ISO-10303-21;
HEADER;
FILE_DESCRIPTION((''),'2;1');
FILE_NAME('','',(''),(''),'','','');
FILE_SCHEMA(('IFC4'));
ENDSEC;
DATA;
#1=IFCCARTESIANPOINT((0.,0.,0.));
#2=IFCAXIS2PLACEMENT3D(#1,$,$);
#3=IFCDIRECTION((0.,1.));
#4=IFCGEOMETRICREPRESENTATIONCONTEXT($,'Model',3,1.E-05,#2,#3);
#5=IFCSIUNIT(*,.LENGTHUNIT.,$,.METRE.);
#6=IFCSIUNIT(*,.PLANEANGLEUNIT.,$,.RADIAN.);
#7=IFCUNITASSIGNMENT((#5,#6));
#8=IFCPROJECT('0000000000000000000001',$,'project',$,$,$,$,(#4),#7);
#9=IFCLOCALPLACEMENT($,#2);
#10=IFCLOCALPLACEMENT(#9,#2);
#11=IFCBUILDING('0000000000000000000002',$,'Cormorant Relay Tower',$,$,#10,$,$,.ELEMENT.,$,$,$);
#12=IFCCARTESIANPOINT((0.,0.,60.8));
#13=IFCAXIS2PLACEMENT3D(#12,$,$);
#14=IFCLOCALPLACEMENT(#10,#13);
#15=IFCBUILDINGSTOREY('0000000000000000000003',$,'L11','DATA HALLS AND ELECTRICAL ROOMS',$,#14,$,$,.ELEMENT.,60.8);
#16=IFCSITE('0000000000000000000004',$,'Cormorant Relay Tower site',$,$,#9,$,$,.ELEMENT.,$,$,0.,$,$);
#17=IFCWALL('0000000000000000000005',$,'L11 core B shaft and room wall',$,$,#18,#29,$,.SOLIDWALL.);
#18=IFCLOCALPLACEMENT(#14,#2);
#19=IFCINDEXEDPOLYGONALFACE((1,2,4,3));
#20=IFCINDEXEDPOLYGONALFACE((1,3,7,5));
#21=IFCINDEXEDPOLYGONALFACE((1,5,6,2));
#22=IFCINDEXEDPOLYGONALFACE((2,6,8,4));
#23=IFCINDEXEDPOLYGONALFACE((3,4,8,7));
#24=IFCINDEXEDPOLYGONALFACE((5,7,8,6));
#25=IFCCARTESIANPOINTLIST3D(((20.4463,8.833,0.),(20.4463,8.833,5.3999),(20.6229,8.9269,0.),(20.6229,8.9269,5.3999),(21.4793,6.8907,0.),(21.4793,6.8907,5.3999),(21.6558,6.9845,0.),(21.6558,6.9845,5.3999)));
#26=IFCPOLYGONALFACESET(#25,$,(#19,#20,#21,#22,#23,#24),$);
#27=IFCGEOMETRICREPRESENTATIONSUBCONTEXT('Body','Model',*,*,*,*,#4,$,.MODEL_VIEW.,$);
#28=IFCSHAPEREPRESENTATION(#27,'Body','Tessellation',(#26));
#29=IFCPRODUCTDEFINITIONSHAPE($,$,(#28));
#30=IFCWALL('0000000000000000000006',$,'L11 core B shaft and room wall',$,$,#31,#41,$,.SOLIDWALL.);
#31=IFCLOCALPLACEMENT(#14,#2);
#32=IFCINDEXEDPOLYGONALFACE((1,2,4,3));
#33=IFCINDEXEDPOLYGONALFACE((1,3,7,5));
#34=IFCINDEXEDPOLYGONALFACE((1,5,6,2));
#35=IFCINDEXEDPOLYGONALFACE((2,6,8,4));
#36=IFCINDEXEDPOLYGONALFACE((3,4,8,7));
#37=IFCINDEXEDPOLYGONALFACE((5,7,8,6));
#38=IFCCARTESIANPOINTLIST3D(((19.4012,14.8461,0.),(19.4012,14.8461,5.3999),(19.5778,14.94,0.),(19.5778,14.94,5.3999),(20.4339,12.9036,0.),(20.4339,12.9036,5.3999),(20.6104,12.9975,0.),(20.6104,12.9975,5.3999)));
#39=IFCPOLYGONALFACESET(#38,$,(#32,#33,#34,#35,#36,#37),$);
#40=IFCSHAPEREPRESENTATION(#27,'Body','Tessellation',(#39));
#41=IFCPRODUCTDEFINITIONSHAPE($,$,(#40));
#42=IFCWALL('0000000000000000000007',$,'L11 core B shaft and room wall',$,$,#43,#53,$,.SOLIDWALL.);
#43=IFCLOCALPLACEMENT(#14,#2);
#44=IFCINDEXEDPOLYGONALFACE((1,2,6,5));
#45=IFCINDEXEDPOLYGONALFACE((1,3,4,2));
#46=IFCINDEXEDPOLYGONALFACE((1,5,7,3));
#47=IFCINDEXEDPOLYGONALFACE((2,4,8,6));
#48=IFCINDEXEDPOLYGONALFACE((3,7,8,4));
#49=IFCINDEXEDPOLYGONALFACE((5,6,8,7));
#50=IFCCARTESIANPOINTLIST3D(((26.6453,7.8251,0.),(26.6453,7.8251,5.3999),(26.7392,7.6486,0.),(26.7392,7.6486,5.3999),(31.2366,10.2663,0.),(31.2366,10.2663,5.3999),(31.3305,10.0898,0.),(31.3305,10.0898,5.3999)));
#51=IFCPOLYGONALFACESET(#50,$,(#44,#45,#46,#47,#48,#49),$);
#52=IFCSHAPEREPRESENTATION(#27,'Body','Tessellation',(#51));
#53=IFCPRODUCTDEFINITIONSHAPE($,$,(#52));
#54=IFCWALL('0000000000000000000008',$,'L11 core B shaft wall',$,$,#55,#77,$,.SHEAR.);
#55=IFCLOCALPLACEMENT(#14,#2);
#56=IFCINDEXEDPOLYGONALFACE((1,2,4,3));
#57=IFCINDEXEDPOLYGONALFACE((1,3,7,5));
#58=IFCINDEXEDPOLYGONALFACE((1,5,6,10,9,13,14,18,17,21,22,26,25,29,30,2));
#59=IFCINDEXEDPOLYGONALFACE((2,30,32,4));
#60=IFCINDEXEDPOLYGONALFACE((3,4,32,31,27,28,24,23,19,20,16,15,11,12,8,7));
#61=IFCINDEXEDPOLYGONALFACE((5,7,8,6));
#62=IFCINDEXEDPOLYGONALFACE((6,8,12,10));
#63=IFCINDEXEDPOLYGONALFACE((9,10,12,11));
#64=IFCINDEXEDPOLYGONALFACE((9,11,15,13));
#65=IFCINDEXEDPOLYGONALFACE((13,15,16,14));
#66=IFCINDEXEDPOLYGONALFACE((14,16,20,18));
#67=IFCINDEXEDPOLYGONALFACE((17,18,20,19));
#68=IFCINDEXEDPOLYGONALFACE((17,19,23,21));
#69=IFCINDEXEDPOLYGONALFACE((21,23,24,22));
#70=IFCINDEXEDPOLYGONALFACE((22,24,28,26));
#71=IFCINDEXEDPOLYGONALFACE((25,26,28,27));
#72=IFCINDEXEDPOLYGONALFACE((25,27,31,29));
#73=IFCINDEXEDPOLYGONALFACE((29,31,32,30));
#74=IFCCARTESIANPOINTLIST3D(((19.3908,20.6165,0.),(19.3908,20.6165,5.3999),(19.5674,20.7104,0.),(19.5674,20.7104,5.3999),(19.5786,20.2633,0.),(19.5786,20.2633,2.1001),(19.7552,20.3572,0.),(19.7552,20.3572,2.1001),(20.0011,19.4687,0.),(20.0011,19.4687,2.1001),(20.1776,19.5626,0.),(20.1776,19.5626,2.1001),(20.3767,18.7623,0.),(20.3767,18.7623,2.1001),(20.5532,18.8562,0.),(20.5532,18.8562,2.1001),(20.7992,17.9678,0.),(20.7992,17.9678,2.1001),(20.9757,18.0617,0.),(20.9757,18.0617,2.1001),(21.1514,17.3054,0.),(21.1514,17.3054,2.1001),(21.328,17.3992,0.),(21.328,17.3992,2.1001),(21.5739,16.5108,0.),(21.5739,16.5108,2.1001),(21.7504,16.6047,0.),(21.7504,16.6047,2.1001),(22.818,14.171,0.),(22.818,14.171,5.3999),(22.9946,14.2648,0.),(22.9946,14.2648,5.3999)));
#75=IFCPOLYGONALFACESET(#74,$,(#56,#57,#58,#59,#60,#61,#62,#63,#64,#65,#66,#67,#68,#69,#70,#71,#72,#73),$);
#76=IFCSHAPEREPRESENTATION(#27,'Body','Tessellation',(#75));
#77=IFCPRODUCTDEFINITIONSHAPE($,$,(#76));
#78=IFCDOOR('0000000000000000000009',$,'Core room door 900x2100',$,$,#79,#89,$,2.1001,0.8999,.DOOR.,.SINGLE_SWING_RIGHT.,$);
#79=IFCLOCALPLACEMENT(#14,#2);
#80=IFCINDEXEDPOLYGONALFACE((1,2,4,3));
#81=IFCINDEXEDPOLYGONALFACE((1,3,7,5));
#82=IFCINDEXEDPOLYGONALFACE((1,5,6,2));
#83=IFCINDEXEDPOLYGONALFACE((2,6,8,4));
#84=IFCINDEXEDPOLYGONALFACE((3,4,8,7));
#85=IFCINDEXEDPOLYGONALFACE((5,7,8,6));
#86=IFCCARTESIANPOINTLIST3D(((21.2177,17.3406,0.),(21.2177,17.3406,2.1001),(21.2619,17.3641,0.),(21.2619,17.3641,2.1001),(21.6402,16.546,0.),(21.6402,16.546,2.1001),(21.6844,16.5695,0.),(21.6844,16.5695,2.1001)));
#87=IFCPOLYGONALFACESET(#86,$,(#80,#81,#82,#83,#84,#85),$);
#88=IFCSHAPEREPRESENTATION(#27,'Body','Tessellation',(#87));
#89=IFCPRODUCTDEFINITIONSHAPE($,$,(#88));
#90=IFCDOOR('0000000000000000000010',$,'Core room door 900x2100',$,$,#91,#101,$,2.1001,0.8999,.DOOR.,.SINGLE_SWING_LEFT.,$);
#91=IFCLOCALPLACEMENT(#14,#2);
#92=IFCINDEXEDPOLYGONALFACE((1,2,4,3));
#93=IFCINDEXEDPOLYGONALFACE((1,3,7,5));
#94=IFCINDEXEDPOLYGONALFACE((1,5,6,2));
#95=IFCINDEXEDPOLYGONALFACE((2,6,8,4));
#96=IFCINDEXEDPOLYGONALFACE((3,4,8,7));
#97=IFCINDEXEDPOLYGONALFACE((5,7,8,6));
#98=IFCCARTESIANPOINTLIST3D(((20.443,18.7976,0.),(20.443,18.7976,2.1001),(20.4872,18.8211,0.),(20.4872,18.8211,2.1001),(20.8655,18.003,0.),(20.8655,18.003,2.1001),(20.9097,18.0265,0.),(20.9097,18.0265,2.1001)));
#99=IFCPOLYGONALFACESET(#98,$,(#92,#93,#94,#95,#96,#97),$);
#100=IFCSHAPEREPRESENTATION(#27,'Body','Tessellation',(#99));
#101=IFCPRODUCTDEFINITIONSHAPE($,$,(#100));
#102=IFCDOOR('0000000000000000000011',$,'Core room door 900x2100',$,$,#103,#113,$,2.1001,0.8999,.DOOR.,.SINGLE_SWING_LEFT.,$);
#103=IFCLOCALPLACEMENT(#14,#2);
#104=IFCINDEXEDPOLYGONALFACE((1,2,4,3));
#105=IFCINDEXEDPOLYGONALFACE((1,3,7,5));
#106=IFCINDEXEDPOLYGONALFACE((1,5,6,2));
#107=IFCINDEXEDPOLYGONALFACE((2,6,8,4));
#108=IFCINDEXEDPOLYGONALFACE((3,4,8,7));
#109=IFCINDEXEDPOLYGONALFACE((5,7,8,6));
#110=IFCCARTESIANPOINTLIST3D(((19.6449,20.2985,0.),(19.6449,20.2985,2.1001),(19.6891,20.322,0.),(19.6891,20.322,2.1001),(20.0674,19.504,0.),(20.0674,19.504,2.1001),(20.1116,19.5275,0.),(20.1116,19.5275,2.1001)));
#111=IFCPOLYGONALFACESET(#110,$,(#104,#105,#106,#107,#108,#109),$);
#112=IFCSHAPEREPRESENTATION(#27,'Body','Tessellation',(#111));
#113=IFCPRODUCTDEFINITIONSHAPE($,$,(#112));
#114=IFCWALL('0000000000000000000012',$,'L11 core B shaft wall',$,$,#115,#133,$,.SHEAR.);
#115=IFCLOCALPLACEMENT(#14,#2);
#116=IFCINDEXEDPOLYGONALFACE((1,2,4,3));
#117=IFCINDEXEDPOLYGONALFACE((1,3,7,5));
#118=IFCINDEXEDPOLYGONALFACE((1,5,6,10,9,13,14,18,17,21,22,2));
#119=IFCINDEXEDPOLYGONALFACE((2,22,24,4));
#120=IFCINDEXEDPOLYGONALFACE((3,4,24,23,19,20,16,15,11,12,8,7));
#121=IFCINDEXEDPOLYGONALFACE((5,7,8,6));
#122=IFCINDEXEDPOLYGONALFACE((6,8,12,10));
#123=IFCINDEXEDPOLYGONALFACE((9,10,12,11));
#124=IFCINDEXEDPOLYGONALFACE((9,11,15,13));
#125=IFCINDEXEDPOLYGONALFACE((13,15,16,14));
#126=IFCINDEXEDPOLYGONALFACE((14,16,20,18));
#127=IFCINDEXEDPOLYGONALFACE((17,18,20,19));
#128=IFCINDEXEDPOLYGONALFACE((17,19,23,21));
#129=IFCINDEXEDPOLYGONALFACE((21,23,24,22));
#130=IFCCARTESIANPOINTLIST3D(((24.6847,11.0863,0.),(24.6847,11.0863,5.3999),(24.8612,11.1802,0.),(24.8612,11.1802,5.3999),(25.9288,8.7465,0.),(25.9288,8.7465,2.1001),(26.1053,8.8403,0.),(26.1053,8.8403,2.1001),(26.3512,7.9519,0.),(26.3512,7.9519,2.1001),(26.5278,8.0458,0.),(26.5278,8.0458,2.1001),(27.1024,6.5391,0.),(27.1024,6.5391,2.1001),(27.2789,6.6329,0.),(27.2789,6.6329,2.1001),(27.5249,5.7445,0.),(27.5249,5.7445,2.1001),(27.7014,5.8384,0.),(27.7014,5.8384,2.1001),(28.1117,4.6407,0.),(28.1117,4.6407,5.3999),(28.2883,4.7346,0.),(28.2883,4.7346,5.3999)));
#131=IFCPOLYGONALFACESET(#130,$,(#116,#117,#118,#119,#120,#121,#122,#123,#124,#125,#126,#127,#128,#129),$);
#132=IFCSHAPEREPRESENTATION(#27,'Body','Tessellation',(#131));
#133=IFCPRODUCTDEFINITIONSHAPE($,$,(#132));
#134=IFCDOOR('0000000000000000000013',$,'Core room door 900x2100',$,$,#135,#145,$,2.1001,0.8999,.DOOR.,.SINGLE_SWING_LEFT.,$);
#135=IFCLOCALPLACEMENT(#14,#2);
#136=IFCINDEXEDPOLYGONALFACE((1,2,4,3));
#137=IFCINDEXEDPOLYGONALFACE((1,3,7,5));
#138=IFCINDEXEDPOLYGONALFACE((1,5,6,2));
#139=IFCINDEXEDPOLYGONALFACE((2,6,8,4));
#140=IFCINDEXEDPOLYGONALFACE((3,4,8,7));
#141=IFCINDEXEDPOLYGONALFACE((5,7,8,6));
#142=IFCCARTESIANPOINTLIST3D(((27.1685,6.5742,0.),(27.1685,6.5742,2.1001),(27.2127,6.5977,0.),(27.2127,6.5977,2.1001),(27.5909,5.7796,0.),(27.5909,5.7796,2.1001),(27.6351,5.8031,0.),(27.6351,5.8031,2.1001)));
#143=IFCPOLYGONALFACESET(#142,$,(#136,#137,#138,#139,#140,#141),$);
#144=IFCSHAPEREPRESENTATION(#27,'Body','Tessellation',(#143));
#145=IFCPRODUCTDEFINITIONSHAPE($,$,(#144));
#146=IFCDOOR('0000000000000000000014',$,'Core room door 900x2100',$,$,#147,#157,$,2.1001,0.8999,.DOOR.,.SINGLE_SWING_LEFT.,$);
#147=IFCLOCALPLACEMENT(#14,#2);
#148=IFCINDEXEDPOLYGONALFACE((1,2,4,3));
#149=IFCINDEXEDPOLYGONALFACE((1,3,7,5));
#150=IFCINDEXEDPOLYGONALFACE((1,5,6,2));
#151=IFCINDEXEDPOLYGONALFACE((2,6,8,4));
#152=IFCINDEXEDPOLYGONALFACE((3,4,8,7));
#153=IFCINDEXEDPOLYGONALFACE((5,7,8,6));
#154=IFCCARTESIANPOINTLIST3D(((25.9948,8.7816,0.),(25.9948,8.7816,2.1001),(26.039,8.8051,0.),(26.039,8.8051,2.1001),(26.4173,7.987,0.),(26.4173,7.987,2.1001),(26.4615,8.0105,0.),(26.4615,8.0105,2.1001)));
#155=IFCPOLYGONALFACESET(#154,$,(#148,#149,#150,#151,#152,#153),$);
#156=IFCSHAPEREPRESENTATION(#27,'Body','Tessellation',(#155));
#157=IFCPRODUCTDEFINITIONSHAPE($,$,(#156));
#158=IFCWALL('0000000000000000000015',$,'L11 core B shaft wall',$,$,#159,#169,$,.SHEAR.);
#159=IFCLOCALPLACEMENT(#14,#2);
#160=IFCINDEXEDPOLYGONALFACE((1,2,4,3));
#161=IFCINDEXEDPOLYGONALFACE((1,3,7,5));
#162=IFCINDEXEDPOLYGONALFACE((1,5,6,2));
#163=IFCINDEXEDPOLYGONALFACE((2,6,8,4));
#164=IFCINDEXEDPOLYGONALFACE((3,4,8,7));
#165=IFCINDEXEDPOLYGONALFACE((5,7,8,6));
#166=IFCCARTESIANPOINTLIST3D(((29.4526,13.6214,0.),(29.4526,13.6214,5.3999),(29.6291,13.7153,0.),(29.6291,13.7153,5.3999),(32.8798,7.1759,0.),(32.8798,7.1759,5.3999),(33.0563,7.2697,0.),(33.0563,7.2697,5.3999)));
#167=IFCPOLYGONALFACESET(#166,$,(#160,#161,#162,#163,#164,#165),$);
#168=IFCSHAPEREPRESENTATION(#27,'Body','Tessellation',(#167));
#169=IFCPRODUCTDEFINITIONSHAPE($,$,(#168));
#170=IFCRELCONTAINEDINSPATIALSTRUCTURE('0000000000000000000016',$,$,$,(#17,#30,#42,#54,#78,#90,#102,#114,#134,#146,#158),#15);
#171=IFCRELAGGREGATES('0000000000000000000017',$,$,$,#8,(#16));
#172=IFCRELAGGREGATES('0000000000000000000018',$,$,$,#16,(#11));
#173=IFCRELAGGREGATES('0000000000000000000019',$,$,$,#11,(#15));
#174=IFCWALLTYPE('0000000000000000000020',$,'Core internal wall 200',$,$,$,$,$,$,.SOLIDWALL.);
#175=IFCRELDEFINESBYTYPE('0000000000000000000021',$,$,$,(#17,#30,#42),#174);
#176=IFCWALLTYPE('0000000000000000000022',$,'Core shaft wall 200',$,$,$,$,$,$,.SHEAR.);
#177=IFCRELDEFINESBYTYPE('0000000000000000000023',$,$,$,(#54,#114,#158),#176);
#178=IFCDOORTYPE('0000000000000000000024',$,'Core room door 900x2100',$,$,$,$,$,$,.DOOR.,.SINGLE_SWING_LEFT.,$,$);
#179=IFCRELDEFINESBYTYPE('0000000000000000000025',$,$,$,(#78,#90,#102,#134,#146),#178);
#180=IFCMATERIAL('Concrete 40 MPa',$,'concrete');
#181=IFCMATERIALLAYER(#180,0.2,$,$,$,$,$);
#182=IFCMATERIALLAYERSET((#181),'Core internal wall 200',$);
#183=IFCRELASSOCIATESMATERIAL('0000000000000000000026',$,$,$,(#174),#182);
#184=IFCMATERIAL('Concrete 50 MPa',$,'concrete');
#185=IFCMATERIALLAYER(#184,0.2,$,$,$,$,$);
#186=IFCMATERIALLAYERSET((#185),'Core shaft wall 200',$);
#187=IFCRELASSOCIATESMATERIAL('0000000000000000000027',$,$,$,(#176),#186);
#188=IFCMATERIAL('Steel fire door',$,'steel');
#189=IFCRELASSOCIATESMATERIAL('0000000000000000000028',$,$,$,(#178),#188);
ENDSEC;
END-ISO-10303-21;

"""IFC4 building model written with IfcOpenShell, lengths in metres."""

from ifc_helpers import new_model, si_unit, direction, frame, frame_2d, origin, place, context, subcontext, project, spatial, rectangle, extrude, material, layer, layer_set, type_object, element, fill, save


model = new_model("IFC4")

# Units and contexts
model_context = context("Model", 3, precision=1e-05, world=origin(), true_north=direction((0.0, 1.0)))
body_context = subcontext(model_context, "Body", "Model", "MODEL_VIEW")
ifc_project = project(units=[si_unit("LENGTHUNIT", "METRE"), si_unit("PLANEANGLEUNIT", "RADIAN")], contexts=[model_context])

# Site, building, storey
site_placement = place(None, origin())
site = spatial("IfcSite", under=ifc_project, at=site_placement, Name="Cormorant Relay Tower site", CompositionType="ELEMENT", RefElevation=0.0)
building_placement = place(site_placement, origin())
building = spatial("IfcBuilding", under=site, at=building_placement, Name="Cormorant Relay Tower", CompositionType="ELEMENT")
storey_placement = place(building_placement, frame((0.0, 0.0, 60.8)))
storey = spatial("IfcBuildingStorey", under=building, at=storey_placement, Name="L11", Description="DATA HALLS AND ELECTRICAL ROOMS", CompositionType="ELEMENT", Elevation=60.8)

# Walls
ifc_material_1 = material(Name="Concrete 40 MPa", Category="concrete")
ifc_layer_1 = layer(ifc_material_1, 0.2)
ifc_layer_set_1 = layer_set([ifc_layer_1], Name="Core internal wall 200")
wall_type_1 = type_object("IfcWallType", Name="Core internal wall 200", PredefinedType="SOLIDWALL", material=ifc_layer_set_1)
for number, where, z_axis, x_axis, name in (
    (1, (21.5676, 6.9375, 0.0), (0.0, 0.0, 1.0), (-0.469534, 0.882914, 0.0), "L11 core B shaft and room wall"),
    (2, (20.5222, 12.9504, 0.0), (0.0, 0.0, 1.0), (-0.469401, 0.882985, 0.0), "L11 core B shaft and room wall"),
):
    element("IfcWall", number, at=place(storey_placement, frame(where, z_axis=z_axis, x_axis=x_axis)), inside=storey, type_object=wall_type_1, Name=name, PredefinedType="SOLIDWALL", context=body_context, shape_type="SweptSolid", body=[
        extrude(rectangle(XDim=2.2, YDim=0.2, at=frame_2d((1.1001, 0.0))), origin(), (0.0, 0.0, 1.0), 5.3999),
    ])
wall_1_placement = place(storey_placement, frame((26.6921, 7.7368, 0.0), z_axis=(0.0, 0.0, 1.0), x_axis=(0.882954, 0.46946, 0.0)))
element("IfcWall", 3, at=wall_1_placement, inside=storey, type_object=wall_type_1, Name="L11 core B shaft and room wall", PredefinedType="SOLIDWALL", context=body_context, shape_type="SweptSolid", body=[
    extrude(rectangle(XDim=5.2, YDim=0.2, at=frame_2d((2.6001, 0.0))), origin(), (0.0, 0.0, 1.0), 5.3999),
])

# Walls, openings, doors
ifc_material_2 = material(Name="Concrete 50 MPa", Category="concrete")
ifc_layer_2 = layer(ifc_material_2, 0.2)
ifc_layer_set_2 = layer_set([ifc_layer_2], Name="Core shaft wall 200")
wall_type_2 = type_object("IfcWallType", Name="Core shaft wall 200", PredefinedType="SHEAR", material=ifc_layer_set_2)
wall_2_placement = place(storey_placement, frame((22.9062, 14.218, 0.0), z_axis=(0.0, 0.0, 1.0), x_axis=(-0.46948, 0.882943, 0.0)))
wall_2 = element("IfcWall", 4, at=wall_2_placement, inside=storey, type_object=wall_type_2, Name="L11 core B shaft wall", PredefinedType="SHEAR", context=body_context, shape_type="SweptSolid", body=[
    extrude(rectangle(XDim=7.3, YDim=0.2, at=frame_2d((3.6499, 0.0))), origin(), (0.0, 0.0, 1.0), 5.3999),
])
opening_1_placement = place(wall_2_placement, frame((2.6499, 0.0, 0.0)))
opening_1 = element("IfcOpeningElement", 5, at=opening_1_placement, cuts=wall_2, PredefinedType="OPENING", context=body_context, shape_type="SweptSolid", body=[
    extrude(rectangle(XDim=0.8999, YDim=2.1001, at=frame_2d((0.45, 1.05))), frame((0.0, 0.1099, 0.0), z_axis=(0.0, -1.0, 0.0), x_axis=(1.0, 0.0, 0.0)), (0.0, 0.0, 1.0), 0.22),
])
opening_2_placement = place(wall_2_placement, frame((4.3, 0.0, 0.0)))
opening_2 = element("IfcOpeningElement", 6, at=opening_2_placement, cuts=wall_2, PredefinedType="OPENING", context=body_context, shape_type="SweptSolid", body=[
    extrude(rectangle(XDim=0.8999, YDim=2.1001, at=frame_2d((0.45, 1.05))), frame((0.0, 0.1099, 0.0), z_axis=(0.0, -1.0, 0.0), x_axis=(1.0, 0.0, 0.0)), (0.0, 0.0, 1.0), 0.22),
])
opening_3_placement = place(wall_2_placement, frame((6.0, 0.0, 0.0)))
opening_3 = element("IfcOpeningElement", 7, at=opening_3_placement, cuts=wall_2, PredefinedType="OPENING", context=body_context, shape_type="SweptSolid", body=[
    extrude(rectangle(XDim=0.8999, YDim=2.1001, at=frame_2d((0.45, 1.05))), frame((0.0, 0.1099, 0.0), z_axis=(0.0, -1.0, 0.0), x_axis=(1.0, 0.0, 0.0)), (0.0, 0.0, 1.0), 0.22),
])
ifc_material_3 = material(Name="Steel fire door", Category="steel")
door_type_1 = type_object("IfcDoorType", Name="Core room door 900x2100", OperationType="SINGLE_SWING_LEFT", PredefinedType="DOOR", material=ifc_material_3)
door_1_placement = place(opening_1_placement, origin())
door_1 = element("IfcDoor", 8, at=door_1_placement, inside=storey, type_object=door_type_1, Name="Core room door 900x2100", OperationType="SINGLE_SWING_RIGHT", OverallHeight=2.1001, OverallWidth=0.8999, PredefinedType="DOOR", context=body_context, shape_type="SweptSolid", body=[
    extrude(rectangle(XDim=0.8999, YDim=2.1001, at=frame_2d((0.45, 1.05))), frame((0.0, 0.0249, 0.0), z_axis=(0.0, -1.0, 0.0), x_axis=(1.0, 0.0, 0.0)), (0.0, 0.0, 1.0), 0.05),
])
fill(opening_1, door_1)
door_2_placement = place(opening_2_placement, origin())
door_2 = element("IfcDoor", 9, at=door_2_placement, inside=storey, type_object=door_type_1, Name="Core room door 900x2100", OperationType="SINGLE_SWING_LEFT", OverallHeight=2.1001, OverallWidth=0.8999, PredefinedType="DOOR", context=body_context, shape_type="SweptSolid", body=[
    extrude(rectangle(XDim=0.8999, YDim=2.1001, at=frame_2d((0.45, 1.05))), frame((0.0, 0.0249, 0.0), z_axis=(0.0, -1.0, 0.0), x_axis=(1.0, 0.0, 0.0)), (0.0, 0.0, 1.0), 0.05),
])
fill(opening_2, door_2)
door_3_placement = place(opening_3_placement, origin())
door_3 = element("IfcDoor", 10, at=door_3_placement, inside=storey, type_object=door_type_1, Name="Core room door 900x2100", OperationType="SINGLE_SWING_LEFT", OverallHeight=2.1001, OverallWidth=0.8999, PredefinedType="DOOR", context=body_context, shape_type="SweptSolid", body=[
    extrude(rectangle(XDim=0.8999, YDim=2.1001, at=frame_2d((0.45, 1.05))), frame((0.0, 0.0249, 0.0), z_axis=(0.0, -1.0, 0.0), x_axis=(1.0, 0.0, 0.0)), (0.0, 0.0, 1.0), 0.05),
])
fill(opening_3, door_3)
wall_3_placement = place(storey_placement, frame((28.2, 4.6877, 0.0), z_axis=(0.0, 0.0, 1.0), x_axis=(-0.469454, 0.882957, 0.0)))
wall_3 = element("IfcWall", 11, at=wall_3_placement, inside=storey, type_object=wall_type_2, Name="L11 core B shaft wall", PredefinedType="SHEAR", context=body_context, shape_type="SweptSolid", body=[
    extrude(rectangle(XDim=7.3, YDim=0.2, at=frame_2d((3.6499, 0.0))), origin(), (0.0, 0.0, 1.0), 5.3999),
])
opening_4_placement = place(wall_3_placement, frame((1.25, 0.0, 0.0)))
opening_4 = element("IfcOpeningElement", 12, at=opening_4_placement, cuts=wall_3, PredefinedType="OPENING", context=body_context, shape_type="SweptSolid", body=[
    extrude(rectangle(XDim=0.8999, YDim=2.1001, at=frame_2d((0.45, 1.05))), frame((0.0, 0.1099, 0.0), z_axis=(0.0, -1.0, 0.0), x_axis=(1.0, 0.0, 0.0)), (0.0, 0.0, 1.0), 0.22),
])
opening_5_placement = place(wall_3_placement, frame((3.75, 0.0, 0.0)))
opening_5 = element("IfcOpeningElement", 13, at=opening_5_placement, cuts=wall_3, PredefinedType="OPENING", context=body_context, shape_type="SweptSolid", body=[
    extrude(rectangle(XDim=0.8999, YDim=2.1001, at=frame_2d((0.45, 1.05))), frame((0.0, 0.1099, 0.0), z_axis=(0.0, -1.0, 0.0), x_axis=(1.0, 0.0, 0.0)), (0.0, 0.0, 1.0), 0.22),
])
door_4_placement = place(opening_4_placement, frame((0.8999, 0.0, 0.0), z_axis=(0.0, 0.0, 1.0), x_axis=(-1.0, 0.0, 0.0)))
door_4 = element("IfcDoor", 14, at=door_4_placement, inside=storey, type_object=door_type_1, Name="Core room door 900x2100", OperationType="SINGLE_SWING_LEFT", OverallHeight=2.1001, OverallWidth=0.8999, PredefinedType="DOOR", context=body_context, shape_type="SweptSolid", body=[
    extrude(rectangle(XDim=0.8999, YDim=2.1001, at=frame_2d((0.45, 1.05))), frame((0.0, 0.0249, 0.0), z_axis=(0.0, -1.0, 0.0), x_axis=(1.0, 0.0, 0.0)), (0.0, 0.0, 1.0), 0.05),
])
fill(opening_4, door_4)
door_5_placement = place(opening_5_placement, frame((0.8999, 0.0, 0.0), z_axis=(0.0, 0.0, 1.0), x_axis=(-1.0, 0.0, 0.0)))
door_5 = element("IfcDoor", 15, at=door_5_placement, inside=storey, type_object=door_type_1, Name="Core room door 900x2100", OperationType="SINGLE_SWING_LEFT", OverallHeight=2.1001, OverallWidth=0.8999, PredefinedType="DOOR", context=body_context, shape_type="SweptSolid", body=[
    extrude(rectangle(XDim=0.8999, YDim=2.1001, at=frame_2d((0.45, 1.05))), frame((0.0, 0.0249, 0.0), z_axis=(0.0, -1.0, 0.0), x_axis=(1.0, 0.0, 0.0)), (0.0, 0.0, 1.0), 0.05),
])
fill(opening_5, door_5)

# Wall
wall_4_placement = place(storey_placement, frame((32.968, 7.2229, 0.0), z_axis=(0.0, 0.0, 1.0), x_axis=(-0.46948, 0.882943, 0.0)))
element("IfcWall", 16, at=wall_4_placement, inside=storey, type_object=wall_type_2, Name="L11 core B shaft wall", PredefinedType="SHEAR", context=body_context, shape_type="SweptSolid", body=[
    extrude(rectangle(XDim=7.3, YDim=0.2, at=frame_2d((3.6499, 0.0))), origin(), (0.0, 0.0, 1.0), 5.3999),
])

save(model, "model.ifc")
